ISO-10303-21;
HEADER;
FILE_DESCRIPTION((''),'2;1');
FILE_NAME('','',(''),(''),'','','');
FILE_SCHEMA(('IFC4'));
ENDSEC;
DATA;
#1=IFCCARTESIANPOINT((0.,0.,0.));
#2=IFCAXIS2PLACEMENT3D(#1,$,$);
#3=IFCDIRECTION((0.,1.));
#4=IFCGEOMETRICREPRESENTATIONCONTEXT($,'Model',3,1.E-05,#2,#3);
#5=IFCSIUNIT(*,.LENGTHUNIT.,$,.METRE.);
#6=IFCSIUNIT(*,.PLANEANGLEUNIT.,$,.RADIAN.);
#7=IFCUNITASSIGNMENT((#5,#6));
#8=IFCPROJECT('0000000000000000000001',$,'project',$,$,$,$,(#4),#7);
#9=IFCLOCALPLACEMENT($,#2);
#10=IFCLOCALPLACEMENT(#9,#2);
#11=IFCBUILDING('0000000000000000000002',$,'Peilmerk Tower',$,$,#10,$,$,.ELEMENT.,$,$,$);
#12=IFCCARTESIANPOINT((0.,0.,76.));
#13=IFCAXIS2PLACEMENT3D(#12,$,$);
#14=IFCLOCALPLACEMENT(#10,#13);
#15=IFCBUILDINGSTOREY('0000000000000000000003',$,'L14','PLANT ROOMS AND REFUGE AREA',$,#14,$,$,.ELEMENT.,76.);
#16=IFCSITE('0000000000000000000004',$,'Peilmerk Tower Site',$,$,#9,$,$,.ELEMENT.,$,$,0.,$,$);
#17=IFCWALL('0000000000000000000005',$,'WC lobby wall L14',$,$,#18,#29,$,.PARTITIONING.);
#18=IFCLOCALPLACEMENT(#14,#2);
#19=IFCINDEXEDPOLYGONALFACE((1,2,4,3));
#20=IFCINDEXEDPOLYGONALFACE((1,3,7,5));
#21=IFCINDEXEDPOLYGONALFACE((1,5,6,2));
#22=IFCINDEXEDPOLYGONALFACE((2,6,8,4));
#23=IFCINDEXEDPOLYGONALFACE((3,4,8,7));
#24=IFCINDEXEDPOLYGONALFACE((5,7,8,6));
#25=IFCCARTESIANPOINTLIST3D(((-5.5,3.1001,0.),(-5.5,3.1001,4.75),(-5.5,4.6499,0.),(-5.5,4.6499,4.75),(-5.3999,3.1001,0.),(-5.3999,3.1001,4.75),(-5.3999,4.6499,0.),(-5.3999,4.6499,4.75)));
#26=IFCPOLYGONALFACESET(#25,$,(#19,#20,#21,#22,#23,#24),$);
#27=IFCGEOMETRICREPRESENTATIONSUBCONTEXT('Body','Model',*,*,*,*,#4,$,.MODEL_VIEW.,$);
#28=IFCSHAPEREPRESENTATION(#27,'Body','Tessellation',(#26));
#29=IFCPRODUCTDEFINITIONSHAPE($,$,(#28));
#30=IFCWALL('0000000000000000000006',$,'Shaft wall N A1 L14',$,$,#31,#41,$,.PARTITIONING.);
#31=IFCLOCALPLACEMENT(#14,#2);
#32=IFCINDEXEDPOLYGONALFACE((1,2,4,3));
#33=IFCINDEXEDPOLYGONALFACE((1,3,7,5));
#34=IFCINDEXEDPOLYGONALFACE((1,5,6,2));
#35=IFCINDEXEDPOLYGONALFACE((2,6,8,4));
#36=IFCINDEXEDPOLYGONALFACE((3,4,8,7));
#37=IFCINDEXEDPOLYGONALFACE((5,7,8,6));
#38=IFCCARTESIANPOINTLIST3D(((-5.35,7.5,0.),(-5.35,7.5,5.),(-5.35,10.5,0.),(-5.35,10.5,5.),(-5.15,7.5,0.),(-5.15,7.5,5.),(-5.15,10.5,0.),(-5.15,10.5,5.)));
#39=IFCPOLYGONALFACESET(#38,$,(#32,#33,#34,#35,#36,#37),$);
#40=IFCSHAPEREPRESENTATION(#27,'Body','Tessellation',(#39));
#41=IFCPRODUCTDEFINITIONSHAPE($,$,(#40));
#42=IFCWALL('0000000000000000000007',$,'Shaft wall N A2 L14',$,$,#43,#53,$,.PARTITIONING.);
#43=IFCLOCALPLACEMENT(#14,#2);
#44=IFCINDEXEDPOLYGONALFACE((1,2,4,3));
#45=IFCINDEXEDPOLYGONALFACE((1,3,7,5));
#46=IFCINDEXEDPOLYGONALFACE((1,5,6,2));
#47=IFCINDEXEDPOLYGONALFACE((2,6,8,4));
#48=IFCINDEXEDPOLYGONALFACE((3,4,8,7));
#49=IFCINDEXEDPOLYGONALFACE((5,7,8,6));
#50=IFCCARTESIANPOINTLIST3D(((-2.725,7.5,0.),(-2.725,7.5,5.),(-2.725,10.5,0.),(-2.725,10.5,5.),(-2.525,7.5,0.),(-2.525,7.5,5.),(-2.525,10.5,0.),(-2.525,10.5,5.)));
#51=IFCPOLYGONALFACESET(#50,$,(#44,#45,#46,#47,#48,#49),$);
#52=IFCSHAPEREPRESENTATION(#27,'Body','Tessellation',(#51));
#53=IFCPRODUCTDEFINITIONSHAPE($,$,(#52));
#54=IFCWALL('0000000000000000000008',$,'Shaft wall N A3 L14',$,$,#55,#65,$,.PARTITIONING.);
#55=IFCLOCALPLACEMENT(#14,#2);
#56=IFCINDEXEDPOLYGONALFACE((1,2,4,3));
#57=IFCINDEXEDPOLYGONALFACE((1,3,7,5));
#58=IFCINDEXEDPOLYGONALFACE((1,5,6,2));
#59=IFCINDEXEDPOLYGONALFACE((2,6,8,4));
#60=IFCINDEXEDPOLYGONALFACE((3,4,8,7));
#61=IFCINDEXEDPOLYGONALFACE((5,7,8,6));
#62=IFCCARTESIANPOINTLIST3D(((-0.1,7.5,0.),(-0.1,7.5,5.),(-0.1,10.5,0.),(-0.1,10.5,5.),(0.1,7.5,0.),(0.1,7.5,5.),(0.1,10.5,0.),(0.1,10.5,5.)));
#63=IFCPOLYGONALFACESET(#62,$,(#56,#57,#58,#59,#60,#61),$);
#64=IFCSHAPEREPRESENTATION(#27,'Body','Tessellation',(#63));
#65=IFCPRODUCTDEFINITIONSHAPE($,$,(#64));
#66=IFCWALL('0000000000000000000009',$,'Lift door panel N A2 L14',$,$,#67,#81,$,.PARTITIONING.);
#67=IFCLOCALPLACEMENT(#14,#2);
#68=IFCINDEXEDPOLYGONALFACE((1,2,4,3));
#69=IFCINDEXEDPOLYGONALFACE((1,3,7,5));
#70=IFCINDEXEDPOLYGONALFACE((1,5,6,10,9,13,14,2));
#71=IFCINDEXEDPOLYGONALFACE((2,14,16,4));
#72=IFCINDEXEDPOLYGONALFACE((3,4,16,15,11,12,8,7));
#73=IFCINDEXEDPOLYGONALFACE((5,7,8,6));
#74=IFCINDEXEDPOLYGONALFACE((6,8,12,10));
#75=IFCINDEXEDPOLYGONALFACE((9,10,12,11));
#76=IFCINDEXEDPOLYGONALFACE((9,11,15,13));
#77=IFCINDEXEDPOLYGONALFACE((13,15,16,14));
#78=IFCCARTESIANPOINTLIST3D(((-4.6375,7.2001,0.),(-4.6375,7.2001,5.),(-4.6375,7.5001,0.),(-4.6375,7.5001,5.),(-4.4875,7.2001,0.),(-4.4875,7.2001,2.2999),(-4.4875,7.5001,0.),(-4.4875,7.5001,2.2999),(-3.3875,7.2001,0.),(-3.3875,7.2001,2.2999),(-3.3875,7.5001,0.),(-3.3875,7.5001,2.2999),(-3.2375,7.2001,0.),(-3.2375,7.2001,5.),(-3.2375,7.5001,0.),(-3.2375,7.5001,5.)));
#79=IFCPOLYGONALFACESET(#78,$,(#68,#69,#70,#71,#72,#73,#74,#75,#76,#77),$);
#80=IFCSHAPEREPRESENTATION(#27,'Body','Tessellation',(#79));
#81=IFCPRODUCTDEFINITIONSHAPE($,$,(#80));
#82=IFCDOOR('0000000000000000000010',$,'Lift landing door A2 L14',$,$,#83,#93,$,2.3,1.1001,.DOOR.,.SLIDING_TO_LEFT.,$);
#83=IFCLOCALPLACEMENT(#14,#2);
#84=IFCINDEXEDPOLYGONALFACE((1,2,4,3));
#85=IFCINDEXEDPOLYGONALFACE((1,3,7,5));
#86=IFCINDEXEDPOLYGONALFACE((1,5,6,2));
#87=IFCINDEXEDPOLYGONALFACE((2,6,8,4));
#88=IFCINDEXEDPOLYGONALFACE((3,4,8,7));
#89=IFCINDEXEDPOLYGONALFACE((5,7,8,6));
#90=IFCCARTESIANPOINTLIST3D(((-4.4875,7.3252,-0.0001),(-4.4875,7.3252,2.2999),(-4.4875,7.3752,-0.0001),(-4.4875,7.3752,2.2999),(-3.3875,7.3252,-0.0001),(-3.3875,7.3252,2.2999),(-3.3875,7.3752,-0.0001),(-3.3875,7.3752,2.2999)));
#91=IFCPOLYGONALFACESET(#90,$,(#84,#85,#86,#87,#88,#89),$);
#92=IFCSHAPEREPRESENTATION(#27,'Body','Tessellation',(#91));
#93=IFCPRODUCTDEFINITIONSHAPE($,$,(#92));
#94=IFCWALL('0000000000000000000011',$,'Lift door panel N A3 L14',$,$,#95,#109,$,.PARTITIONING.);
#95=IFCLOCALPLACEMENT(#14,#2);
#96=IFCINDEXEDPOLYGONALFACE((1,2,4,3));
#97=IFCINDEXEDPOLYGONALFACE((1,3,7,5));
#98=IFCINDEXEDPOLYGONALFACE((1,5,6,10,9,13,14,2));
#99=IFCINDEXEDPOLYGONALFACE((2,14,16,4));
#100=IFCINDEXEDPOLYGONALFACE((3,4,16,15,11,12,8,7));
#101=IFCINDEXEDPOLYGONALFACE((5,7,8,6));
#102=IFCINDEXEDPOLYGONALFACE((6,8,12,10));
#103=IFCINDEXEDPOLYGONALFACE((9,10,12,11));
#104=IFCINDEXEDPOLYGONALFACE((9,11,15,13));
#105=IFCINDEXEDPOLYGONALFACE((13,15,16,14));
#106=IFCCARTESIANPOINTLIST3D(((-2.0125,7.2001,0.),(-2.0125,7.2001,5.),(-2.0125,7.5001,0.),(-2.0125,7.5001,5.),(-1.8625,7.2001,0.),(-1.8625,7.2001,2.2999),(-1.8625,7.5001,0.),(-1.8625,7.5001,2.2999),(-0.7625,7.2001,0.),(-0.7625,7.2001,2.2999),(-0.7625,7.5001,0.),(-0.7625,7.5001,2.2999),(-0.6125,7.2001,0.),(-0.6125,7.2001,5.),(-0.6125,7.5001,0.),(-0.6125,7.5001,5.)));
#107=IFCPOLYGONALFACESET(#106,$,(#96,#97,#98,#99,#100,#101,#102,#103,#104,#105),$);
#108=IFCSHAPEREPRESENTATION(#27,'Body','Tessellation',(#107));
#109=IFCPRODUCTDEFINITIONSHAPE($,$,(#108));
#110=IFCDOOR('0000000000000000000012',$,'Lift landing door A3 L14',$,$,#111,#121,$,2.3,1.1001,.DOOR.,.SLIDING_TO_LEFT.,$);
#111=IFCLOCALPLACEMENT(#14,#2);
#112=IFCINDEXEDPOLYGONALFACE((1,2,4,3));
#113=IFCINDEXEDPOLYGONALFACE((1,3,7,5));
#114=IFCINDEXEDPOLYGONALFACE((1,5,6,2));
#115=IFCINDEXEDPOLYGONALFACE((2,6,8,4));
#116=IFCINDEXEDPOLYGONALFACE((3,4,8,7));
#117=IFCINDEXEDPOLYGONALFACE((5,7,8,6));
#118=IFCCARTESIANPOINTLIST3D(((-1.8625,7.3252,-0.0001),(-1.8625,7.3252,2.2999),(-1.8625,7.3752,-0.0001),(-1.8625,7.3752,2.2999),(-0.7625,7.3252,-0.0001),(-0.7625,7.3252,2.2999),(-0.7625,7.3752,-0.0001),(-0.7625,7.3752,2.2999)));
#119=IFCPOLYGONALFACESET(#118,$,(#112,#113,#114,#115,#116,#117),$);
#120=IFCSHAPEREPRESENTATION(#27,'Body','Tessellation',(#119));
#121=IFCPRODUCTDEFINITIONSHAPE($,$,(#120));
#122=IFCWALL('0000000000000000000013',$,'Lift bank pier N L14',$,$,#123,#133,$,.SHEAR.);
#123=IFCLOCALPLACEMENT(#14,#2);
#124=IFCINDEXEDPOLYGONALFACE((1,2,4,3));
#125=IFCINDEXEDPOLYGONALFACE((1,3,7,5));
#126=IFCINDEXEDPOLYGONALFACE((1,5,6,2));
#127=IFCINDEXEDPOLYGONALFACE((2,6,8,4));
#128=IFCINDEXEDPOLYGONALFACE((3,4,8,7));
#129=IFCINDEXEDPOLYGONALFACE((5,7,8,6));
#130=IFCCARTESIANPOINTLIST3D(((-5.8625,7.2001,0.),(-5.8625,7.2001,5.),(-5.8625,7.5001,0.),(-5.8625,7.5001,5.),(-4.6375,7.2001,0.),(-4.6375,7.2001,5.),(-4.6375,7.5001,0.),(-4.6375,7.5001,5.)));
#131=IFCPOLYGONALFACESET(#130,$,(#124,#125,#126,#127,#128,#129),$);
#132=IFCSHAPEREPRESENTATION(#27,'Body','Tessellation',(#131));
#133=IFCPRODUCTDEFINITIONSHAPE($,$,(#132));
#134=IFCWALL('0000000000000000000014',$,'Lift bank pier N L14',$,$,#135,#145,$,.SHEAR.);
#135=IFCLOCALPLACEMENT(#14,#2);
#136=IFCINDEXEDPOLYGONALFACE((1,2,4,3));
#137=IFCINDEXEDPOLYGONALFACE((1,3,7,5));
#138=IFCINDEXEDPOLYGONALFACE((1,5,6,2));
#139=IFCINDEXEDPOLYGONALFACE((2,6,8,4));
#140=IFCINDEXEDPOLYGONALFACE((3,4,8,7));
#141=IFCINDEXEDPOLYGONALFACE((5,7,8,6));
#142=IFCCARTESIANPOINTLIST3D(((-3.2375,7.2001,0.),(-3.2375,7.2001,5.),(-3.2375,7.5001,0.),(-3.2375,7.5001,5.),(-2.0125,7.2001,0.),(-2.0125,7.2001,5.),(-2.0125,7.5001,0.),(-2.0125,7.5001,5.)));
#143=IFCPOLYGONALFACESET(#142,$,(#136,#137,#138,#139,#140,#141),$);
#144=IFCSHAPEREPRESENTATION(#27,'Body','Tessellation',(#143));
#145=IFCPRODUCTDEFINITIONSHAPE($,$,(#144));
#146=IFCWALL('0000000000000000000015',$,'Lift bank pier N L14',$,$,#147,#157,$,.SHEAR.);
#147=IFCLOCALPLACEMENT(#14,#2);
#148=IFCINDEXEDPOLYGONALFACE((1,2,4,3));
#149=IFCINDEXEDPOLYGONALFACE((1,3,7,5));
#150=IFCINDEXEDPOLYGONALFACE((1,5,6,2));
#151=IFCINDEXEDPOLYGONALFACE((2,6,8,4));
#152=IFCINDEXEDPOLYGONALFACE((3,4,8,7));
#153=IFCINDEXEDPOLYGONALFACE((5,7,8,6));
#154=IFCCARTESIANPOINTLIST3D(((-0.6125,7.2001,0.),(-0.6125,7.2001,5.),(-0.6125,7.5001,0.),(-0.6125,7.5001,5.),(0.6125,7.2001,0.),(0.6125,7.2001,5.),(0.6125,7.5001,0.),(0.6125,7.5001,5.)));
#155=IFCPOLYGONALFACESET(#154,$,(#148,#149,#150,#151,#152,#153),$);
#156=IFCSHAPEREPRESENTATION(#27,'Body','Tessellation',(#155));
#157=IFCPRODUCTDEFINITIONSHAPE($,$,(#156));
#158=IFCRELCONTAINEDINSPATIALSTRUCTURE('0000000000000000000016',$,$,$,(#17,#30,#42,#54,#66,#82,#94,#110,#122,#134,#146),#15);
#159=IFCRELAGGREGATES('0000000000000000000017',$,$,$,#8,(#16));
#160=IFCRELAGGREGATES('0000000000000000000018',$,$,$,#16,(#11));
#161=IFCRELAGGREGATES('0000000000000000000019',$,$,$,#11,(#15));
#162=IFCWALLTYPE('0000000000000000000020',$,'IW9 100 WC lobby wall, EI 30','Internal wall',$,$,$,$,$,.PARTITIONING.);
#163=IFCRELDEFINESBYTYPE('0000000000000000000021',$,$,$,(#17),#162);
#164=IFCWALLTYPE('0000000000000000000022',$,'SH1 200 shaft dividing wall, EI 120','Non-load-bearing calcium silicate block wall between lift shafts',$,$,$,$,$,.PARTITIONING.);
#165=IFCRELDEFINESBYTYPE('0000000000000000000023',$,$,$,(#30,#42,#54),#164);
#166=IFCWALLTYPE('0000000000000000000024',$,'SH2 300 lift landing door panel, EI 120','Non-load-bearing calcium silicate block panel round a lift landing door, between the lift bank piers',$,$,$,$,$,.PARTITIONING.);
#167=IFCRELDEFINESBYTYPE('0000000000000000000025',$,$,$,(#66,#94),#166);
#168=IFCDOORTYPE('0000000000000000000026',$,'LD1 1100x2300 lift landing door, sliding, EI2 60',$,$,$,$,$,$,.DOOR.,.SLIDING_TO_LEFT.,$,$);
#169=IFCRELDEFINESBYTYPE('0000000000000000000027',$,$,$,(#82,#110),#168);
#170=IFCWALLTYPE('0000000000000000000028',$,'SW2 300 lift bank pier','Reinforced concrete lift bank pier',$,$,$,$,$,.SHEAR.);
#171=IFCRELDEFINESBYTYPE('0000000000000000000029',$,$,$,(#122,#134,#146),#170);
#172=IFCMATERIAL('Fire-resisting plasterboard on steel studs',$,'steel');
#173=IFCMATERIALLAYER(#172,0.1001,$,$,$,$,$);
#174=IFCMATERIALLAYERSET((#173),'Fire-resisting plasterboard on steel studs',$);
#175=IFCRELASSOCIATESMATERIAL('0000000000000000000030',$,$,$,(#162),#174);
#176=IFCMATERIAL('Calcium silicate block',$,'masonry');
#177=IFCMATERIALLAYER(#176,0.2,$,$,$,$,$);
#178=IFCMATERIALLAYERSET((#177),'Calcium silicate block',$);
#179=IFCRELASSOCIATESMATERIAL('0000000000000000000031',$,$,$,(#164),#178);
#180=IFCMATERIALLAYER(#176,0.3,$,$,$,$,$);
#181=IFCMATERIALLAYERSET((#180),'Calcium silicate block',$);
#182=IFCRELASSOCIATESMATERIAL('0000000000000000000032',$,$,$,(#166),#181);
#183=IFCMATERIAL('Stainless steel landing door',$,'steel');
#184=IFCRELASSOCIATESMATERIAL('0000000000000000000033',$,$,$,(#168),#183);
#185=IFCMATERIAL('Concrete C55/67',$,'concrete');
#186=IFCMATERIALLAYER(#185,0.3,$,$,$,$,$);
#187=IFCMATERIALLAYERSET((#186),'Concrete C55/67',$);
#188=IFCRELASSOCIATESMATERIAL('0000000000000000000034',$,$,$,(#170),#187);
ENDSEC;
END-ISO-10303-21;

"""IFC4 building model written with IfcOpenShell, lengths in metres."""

from ifc_helpers import new_model, si_unit, direction, frame, frame_2d, origin, place, context, subcontext, project, spatial, rectangle, extrude, material, layer, layer_set, type_object, element, fill, save


model = new_model("IFC4")

# Units and contexts
model_context = context("Model", 3, precision=1e-05, world=origin(), true_north=direction((0.0, 1.0)))
body_context = subcontext(model_context, "Body", "Model", "MODEL_VIEW")
ifc_project = project(units=[si_unit("LENGTHUNIT", "METRE"), si_unit("PLANEANGLEUNIT", "RADIAN")], contexts=[model_context])

# Site, building, storey
site_placement = place(None, origin())
site = spatial("IfcSite", under=ifc_project, at=site_placement, Name="Peilmerk Tower Site", CompositionType="ELEMENT", RefElevation=0.0)
building_placement = place(site_placement, origin())
building = spatial("IfcBuilding", under=site, at=building_placement, Name="Peilmerk Tower", CompositionType="ELEMENT")
storey_placement = place(building_placement, frame((0.0, 0.0, 76.0)))
storey = spatial("IfcBuildingStorey", under=building, at=storey_placement, Name="L14", Description="PLANT ROOMS AND REFUGE AREA", CompositionType="ELEMENT", Elevation=76.0)

# Shared definitions
ifc_material_1 = material(Name="Concrete C55/67", Category="concrete")

# Shared definitions
ifc_material_2 = material(Name="Fire-resisting plasterboard on steel studs", Category="steel")
ifc_layer_1 = layer(ifc_material_2, 0.1001)
ifc_layer_set_1 = layer_set([ifc_layer_1], Name="Fire-resisting plasterboard on steel studs")
wall_type_1 = type_object("IfcWallType", Name="IW9 100 WC lobby wall, EI 30", Description="Internal wall", PredefinedType="PARTITIONING", material=ifc_layer_set_1)

# Walls
wall_1_placement = place(storey_placement, frame((-5.45, 3.1001, 0.0), z_axis=(0.0, 0.0, 1.0), x_axis=(0.0, 1.0, 0.0)))
element("IfcWall", 1, at=wall_1_placement, inside=storey, type_object=wall_type_1, Name="WC lobby wall L14", PredefinedType="PARTITIONING", context=body_context, shape_type="SweptSolid", body=[
    extrude(rectangle(XDim=1.5498, YDim=0.1001, at=frame_2d((0.7749, 0.0))), origin(), (0.0, 0.0, 1.0), 4.75),
])
ifc_material_3 = material(Name="Calcium silicate block", Category="masonry")
ifc_layer_2 = layer(ifc_material_3, 0.2)
ifc_layer_set_2 = layer_set([ifc_layer_2], Name="Calcium silicate block")
wall_type_2 = type_object("IfcWallType", Name="SH1 200 shaft dividing wall, EI 120", Description="Non-load-bearing calcium silicate block wall between lift shafts", PredefinedType="PARTITIONING", material=ifc_layer_set_2)
for number, where, z_axis, x_axis, name in (
    (2, (-5.25, 7.5, 0.0), (0.0, 0.0, 1.0), (0.0, 1.0, 0.0), "Shaft wall N A1 L14"),
    (3, (-2.625, 7.5, 0.0), (0.0, 0.0, 1.0), (0.0, 1.0, 0.0), "Shaft wall N A2 L14"),
    (4, (0.0, 7.5, 0.0), (0.0, 0.0, 1.0), (0.0, 1.0, 0.0), "Shaft wall N A3 L14"),
):
    element("IfcWall", number, at=place(storey_placement, frame(where, z_axis=z_axis, x_axis=x_axis)), inside=storey, type_object=wall_type_2, Name=name, PredefinedType="PARTITIONING", context=body_context, shape_type="SweptSolid", body=[
        extrude(rectangle(XDim=3.0, YDim=0.2, at=frame_2d((1.5, 0.0))), origin(), (0.0, 0.0, 1.0), 5.0),
    ])

# Walls, openings, doors
ifc_layer_3 = layer(ifc_material_3, 0.3)
ifc_layer_set_3 = layer_set([ifc_layer_3], Name="Calcium silicate block")
wall_type_3 = type_object("IfcWallType", Name="SH2 300 lift landing door panel, EI 120", Description="Non-load-bearing calcium silicate block panel round a lift landing door, between the lift bank piers", PredefinedType="PARTITIONING", material=ifc_layer_set_3)
wall_2_placement = place(storey_placement, frame((-4.6375, 7.3501, 0.0), z_axis=(0.0, 0.0, 1.0), x_axis=(1.0, 0.0, 0.0)))
wall_2 = element("IfcWall", 5, at=wall_2_placement, inside=storey, type_object=wall_type_3, Name="Lift door panel N A2 L14", PredefinedType="PARTITIONING", context=body_context, shape_type="SweptSolid", body=[
    extrude(rectangle(XDim=1.3999, YDim=0.3, at=frame_2d((0.7, 0.0))), origin(), (0.0, 0.0, 1.0), 5.0),
])
opening_1_placement = place(wall_2_placement, frame((0.1499, 0.0, 0.0)))
opening_1 = element("IfcOpeningElement", 6, at=opening_1_placement, cuts=wall_2, PredefinedType="OPENING", context=body_context, shape_type="SweptSolid", body=[
    extrude(rectangle(XDim=1.1001, YDim=2.3, at=frame_2d((0.55, 1.1499))), frame((0.0, 0.1599, 0.0), z_axis=(0.0, -1.0, 0.0), x_axis=(1.0, 0.0, 0.0)), (0.0, 0.0, 1.0), 0.3201),
])
ifc_material_4 = material(Name="Stainless steel landing door", Category="steel")
door_type_1 = type_object("IfcDoorType", Name="LD1 1100x2300 lift landing door, sliding, EI2 60", OperationType="SLIDING_TO_LEFT", PredefinedType="DOOR", material=ifc_material_4)
door_1_placement = place(opening_1_placement, frame((1.1001, 0.0, 0.0), z_axis=(0.0, 0.0, 1.0), x_axis=(-1.0, 0.0, 0.0)))
door_1 = element("IfcDoor", 7, at=door_1_placement, inside=storey, type_object=door_type_1, Name="Lift landing door A2 L14", OperationType="SLIDING_TO_LEFT", OverallHeight=2.3, OverallWidth=1.1001, PredefinedType="DOOR", context=body_context, shape_type="SweptSolid", body=[
    extrude(rectangle(XDim=1.1001, YDim=2.3, at=frame_2d((0.55, 1.1499))), frame((0.0, 0.0249, 0.0), z_axis=(0.0, -1.0, 0.0), x_axis=(1.0, 0.0, 0.0)), (0.0, 0.0, 1.0), 0.05),
])
fill(opening_1, door_1)
wall_3_placement = place(storey_placement, frame((-2.0125, 7.3501, 0.0), z_axis=(0.0, 0.0, 1.0), x_axis=(1.0, 0.0, 0.0)))
wall_3 = element("IfcWall", 8, at=wall_3_placement, inside=storey, type_object=wall_type_3, Name="Lift door panel N A3 L14", PredefinedType="PARTITIONING", context=body_context, shape_type="SweptSolid", body=[
    extrude(rectangle(XDim=1.3999, YDim=0.3, at=frame_2d((0.7, 0.0))), origin(), (0.0, 0.0, 1.0), 5.0),
])
opening_2_placement = place(wall_3_placement, frame((0.1499, 0.0, 0.0)))
opening_2 = element("IfcOpeningElement", 9, at=opening_2_placement, cuts=wall_3, PredefinedType="OPENING", context=body_context, shape_type="SweptSolid", body=[
    extrude(rectangle(XDim=1.1001, YDim=2.3, at=frame_2d((0.55, 1.1499))), frame((0.0, 0.1599, 0.0), z_axis=(0.0, -1.0, 0.0), x_axis=(1.0, 0.0, 0.0)), (0.0, 0.0, 1.0), 0.3201),
])
door_2_placement = place(opening_2_placement, frame((1.1001, 0.0, 0.0), z_axis=(0.0, 0.0, 1.0), x_axis=(-1.0, 0.0, 0.0)))
door_2 = element("IfcDoor", 10, at=door_2_placement, inside=storey, type_object=door_type_1, Name="Lift landing door A3 L14", OperationType="SLIDING_TO_LEFT", OverallHeight=2.3, OverallWidth=1.1001, PredefinedType="DOOR", context=body_context, shape_type="SweptSolid", body=[
    extrude(rectangle(XDim=1.1001, YDim=2.3, at=frame_2d((0.55, 1.1499))), frame((0.0, 0.0249, 0.0), z_axis=(0.0, -1.0, 0.0), x_axis=(1.0, 0.0, 0.0)), (0.0, 0.0, 1.0), 0.05),
])
fill(opening_2, door_2)

# Walls
ifc_layer_4 = layer(ifc_material_1, 0.3)
ifc_layer_set_4 = layer_set([ifc_layer_4], Name="Concrete C55/67")
wall_type_4 = type_object("IfcWallType", Name="SW2 300 lift bank pier", Description="Reinforced concrete lift bank pier", PredefinedType="SHEAR", material=ifc_layer_set_4)
for number, where, z_axis, x_axis, name in (
    (11, (-5.8625, 7.3501, 0.0), (0.0, 0.0, 1.0), (1.0, 0.0, 0.0), "Lift bank pier N L14"),
    (12, (-3.2375, 7.3501, 0.0), (0.0, 0.0, 1.0), (1.0, 0.0, 0.0), "Lift bank pier N L14"),
    (13, (-0.6125, 7.3501, 0.0), (0.0, 0.0, 1.0), (1.0, 0.0, 0.0), "Lift bank pier N L14"),
):
    element("IfcWall", number, at=place(storey_placement, frame(where, z_axis=z_axis, x_axis=x_axis)), inside=storey, type_object=wall_type_4, Name=name, PredefinedType="SHEAR", context=body_context, shape_type="SweptSolid", body=[
        extrude(rectangle(XDim=1.2251, YDim=0.3, at=frame_2d((0.6125, 0.0))), origin(), (0.0, 0.0, 1.0), 5.0),
    ])

save(model, "model.ifc")
